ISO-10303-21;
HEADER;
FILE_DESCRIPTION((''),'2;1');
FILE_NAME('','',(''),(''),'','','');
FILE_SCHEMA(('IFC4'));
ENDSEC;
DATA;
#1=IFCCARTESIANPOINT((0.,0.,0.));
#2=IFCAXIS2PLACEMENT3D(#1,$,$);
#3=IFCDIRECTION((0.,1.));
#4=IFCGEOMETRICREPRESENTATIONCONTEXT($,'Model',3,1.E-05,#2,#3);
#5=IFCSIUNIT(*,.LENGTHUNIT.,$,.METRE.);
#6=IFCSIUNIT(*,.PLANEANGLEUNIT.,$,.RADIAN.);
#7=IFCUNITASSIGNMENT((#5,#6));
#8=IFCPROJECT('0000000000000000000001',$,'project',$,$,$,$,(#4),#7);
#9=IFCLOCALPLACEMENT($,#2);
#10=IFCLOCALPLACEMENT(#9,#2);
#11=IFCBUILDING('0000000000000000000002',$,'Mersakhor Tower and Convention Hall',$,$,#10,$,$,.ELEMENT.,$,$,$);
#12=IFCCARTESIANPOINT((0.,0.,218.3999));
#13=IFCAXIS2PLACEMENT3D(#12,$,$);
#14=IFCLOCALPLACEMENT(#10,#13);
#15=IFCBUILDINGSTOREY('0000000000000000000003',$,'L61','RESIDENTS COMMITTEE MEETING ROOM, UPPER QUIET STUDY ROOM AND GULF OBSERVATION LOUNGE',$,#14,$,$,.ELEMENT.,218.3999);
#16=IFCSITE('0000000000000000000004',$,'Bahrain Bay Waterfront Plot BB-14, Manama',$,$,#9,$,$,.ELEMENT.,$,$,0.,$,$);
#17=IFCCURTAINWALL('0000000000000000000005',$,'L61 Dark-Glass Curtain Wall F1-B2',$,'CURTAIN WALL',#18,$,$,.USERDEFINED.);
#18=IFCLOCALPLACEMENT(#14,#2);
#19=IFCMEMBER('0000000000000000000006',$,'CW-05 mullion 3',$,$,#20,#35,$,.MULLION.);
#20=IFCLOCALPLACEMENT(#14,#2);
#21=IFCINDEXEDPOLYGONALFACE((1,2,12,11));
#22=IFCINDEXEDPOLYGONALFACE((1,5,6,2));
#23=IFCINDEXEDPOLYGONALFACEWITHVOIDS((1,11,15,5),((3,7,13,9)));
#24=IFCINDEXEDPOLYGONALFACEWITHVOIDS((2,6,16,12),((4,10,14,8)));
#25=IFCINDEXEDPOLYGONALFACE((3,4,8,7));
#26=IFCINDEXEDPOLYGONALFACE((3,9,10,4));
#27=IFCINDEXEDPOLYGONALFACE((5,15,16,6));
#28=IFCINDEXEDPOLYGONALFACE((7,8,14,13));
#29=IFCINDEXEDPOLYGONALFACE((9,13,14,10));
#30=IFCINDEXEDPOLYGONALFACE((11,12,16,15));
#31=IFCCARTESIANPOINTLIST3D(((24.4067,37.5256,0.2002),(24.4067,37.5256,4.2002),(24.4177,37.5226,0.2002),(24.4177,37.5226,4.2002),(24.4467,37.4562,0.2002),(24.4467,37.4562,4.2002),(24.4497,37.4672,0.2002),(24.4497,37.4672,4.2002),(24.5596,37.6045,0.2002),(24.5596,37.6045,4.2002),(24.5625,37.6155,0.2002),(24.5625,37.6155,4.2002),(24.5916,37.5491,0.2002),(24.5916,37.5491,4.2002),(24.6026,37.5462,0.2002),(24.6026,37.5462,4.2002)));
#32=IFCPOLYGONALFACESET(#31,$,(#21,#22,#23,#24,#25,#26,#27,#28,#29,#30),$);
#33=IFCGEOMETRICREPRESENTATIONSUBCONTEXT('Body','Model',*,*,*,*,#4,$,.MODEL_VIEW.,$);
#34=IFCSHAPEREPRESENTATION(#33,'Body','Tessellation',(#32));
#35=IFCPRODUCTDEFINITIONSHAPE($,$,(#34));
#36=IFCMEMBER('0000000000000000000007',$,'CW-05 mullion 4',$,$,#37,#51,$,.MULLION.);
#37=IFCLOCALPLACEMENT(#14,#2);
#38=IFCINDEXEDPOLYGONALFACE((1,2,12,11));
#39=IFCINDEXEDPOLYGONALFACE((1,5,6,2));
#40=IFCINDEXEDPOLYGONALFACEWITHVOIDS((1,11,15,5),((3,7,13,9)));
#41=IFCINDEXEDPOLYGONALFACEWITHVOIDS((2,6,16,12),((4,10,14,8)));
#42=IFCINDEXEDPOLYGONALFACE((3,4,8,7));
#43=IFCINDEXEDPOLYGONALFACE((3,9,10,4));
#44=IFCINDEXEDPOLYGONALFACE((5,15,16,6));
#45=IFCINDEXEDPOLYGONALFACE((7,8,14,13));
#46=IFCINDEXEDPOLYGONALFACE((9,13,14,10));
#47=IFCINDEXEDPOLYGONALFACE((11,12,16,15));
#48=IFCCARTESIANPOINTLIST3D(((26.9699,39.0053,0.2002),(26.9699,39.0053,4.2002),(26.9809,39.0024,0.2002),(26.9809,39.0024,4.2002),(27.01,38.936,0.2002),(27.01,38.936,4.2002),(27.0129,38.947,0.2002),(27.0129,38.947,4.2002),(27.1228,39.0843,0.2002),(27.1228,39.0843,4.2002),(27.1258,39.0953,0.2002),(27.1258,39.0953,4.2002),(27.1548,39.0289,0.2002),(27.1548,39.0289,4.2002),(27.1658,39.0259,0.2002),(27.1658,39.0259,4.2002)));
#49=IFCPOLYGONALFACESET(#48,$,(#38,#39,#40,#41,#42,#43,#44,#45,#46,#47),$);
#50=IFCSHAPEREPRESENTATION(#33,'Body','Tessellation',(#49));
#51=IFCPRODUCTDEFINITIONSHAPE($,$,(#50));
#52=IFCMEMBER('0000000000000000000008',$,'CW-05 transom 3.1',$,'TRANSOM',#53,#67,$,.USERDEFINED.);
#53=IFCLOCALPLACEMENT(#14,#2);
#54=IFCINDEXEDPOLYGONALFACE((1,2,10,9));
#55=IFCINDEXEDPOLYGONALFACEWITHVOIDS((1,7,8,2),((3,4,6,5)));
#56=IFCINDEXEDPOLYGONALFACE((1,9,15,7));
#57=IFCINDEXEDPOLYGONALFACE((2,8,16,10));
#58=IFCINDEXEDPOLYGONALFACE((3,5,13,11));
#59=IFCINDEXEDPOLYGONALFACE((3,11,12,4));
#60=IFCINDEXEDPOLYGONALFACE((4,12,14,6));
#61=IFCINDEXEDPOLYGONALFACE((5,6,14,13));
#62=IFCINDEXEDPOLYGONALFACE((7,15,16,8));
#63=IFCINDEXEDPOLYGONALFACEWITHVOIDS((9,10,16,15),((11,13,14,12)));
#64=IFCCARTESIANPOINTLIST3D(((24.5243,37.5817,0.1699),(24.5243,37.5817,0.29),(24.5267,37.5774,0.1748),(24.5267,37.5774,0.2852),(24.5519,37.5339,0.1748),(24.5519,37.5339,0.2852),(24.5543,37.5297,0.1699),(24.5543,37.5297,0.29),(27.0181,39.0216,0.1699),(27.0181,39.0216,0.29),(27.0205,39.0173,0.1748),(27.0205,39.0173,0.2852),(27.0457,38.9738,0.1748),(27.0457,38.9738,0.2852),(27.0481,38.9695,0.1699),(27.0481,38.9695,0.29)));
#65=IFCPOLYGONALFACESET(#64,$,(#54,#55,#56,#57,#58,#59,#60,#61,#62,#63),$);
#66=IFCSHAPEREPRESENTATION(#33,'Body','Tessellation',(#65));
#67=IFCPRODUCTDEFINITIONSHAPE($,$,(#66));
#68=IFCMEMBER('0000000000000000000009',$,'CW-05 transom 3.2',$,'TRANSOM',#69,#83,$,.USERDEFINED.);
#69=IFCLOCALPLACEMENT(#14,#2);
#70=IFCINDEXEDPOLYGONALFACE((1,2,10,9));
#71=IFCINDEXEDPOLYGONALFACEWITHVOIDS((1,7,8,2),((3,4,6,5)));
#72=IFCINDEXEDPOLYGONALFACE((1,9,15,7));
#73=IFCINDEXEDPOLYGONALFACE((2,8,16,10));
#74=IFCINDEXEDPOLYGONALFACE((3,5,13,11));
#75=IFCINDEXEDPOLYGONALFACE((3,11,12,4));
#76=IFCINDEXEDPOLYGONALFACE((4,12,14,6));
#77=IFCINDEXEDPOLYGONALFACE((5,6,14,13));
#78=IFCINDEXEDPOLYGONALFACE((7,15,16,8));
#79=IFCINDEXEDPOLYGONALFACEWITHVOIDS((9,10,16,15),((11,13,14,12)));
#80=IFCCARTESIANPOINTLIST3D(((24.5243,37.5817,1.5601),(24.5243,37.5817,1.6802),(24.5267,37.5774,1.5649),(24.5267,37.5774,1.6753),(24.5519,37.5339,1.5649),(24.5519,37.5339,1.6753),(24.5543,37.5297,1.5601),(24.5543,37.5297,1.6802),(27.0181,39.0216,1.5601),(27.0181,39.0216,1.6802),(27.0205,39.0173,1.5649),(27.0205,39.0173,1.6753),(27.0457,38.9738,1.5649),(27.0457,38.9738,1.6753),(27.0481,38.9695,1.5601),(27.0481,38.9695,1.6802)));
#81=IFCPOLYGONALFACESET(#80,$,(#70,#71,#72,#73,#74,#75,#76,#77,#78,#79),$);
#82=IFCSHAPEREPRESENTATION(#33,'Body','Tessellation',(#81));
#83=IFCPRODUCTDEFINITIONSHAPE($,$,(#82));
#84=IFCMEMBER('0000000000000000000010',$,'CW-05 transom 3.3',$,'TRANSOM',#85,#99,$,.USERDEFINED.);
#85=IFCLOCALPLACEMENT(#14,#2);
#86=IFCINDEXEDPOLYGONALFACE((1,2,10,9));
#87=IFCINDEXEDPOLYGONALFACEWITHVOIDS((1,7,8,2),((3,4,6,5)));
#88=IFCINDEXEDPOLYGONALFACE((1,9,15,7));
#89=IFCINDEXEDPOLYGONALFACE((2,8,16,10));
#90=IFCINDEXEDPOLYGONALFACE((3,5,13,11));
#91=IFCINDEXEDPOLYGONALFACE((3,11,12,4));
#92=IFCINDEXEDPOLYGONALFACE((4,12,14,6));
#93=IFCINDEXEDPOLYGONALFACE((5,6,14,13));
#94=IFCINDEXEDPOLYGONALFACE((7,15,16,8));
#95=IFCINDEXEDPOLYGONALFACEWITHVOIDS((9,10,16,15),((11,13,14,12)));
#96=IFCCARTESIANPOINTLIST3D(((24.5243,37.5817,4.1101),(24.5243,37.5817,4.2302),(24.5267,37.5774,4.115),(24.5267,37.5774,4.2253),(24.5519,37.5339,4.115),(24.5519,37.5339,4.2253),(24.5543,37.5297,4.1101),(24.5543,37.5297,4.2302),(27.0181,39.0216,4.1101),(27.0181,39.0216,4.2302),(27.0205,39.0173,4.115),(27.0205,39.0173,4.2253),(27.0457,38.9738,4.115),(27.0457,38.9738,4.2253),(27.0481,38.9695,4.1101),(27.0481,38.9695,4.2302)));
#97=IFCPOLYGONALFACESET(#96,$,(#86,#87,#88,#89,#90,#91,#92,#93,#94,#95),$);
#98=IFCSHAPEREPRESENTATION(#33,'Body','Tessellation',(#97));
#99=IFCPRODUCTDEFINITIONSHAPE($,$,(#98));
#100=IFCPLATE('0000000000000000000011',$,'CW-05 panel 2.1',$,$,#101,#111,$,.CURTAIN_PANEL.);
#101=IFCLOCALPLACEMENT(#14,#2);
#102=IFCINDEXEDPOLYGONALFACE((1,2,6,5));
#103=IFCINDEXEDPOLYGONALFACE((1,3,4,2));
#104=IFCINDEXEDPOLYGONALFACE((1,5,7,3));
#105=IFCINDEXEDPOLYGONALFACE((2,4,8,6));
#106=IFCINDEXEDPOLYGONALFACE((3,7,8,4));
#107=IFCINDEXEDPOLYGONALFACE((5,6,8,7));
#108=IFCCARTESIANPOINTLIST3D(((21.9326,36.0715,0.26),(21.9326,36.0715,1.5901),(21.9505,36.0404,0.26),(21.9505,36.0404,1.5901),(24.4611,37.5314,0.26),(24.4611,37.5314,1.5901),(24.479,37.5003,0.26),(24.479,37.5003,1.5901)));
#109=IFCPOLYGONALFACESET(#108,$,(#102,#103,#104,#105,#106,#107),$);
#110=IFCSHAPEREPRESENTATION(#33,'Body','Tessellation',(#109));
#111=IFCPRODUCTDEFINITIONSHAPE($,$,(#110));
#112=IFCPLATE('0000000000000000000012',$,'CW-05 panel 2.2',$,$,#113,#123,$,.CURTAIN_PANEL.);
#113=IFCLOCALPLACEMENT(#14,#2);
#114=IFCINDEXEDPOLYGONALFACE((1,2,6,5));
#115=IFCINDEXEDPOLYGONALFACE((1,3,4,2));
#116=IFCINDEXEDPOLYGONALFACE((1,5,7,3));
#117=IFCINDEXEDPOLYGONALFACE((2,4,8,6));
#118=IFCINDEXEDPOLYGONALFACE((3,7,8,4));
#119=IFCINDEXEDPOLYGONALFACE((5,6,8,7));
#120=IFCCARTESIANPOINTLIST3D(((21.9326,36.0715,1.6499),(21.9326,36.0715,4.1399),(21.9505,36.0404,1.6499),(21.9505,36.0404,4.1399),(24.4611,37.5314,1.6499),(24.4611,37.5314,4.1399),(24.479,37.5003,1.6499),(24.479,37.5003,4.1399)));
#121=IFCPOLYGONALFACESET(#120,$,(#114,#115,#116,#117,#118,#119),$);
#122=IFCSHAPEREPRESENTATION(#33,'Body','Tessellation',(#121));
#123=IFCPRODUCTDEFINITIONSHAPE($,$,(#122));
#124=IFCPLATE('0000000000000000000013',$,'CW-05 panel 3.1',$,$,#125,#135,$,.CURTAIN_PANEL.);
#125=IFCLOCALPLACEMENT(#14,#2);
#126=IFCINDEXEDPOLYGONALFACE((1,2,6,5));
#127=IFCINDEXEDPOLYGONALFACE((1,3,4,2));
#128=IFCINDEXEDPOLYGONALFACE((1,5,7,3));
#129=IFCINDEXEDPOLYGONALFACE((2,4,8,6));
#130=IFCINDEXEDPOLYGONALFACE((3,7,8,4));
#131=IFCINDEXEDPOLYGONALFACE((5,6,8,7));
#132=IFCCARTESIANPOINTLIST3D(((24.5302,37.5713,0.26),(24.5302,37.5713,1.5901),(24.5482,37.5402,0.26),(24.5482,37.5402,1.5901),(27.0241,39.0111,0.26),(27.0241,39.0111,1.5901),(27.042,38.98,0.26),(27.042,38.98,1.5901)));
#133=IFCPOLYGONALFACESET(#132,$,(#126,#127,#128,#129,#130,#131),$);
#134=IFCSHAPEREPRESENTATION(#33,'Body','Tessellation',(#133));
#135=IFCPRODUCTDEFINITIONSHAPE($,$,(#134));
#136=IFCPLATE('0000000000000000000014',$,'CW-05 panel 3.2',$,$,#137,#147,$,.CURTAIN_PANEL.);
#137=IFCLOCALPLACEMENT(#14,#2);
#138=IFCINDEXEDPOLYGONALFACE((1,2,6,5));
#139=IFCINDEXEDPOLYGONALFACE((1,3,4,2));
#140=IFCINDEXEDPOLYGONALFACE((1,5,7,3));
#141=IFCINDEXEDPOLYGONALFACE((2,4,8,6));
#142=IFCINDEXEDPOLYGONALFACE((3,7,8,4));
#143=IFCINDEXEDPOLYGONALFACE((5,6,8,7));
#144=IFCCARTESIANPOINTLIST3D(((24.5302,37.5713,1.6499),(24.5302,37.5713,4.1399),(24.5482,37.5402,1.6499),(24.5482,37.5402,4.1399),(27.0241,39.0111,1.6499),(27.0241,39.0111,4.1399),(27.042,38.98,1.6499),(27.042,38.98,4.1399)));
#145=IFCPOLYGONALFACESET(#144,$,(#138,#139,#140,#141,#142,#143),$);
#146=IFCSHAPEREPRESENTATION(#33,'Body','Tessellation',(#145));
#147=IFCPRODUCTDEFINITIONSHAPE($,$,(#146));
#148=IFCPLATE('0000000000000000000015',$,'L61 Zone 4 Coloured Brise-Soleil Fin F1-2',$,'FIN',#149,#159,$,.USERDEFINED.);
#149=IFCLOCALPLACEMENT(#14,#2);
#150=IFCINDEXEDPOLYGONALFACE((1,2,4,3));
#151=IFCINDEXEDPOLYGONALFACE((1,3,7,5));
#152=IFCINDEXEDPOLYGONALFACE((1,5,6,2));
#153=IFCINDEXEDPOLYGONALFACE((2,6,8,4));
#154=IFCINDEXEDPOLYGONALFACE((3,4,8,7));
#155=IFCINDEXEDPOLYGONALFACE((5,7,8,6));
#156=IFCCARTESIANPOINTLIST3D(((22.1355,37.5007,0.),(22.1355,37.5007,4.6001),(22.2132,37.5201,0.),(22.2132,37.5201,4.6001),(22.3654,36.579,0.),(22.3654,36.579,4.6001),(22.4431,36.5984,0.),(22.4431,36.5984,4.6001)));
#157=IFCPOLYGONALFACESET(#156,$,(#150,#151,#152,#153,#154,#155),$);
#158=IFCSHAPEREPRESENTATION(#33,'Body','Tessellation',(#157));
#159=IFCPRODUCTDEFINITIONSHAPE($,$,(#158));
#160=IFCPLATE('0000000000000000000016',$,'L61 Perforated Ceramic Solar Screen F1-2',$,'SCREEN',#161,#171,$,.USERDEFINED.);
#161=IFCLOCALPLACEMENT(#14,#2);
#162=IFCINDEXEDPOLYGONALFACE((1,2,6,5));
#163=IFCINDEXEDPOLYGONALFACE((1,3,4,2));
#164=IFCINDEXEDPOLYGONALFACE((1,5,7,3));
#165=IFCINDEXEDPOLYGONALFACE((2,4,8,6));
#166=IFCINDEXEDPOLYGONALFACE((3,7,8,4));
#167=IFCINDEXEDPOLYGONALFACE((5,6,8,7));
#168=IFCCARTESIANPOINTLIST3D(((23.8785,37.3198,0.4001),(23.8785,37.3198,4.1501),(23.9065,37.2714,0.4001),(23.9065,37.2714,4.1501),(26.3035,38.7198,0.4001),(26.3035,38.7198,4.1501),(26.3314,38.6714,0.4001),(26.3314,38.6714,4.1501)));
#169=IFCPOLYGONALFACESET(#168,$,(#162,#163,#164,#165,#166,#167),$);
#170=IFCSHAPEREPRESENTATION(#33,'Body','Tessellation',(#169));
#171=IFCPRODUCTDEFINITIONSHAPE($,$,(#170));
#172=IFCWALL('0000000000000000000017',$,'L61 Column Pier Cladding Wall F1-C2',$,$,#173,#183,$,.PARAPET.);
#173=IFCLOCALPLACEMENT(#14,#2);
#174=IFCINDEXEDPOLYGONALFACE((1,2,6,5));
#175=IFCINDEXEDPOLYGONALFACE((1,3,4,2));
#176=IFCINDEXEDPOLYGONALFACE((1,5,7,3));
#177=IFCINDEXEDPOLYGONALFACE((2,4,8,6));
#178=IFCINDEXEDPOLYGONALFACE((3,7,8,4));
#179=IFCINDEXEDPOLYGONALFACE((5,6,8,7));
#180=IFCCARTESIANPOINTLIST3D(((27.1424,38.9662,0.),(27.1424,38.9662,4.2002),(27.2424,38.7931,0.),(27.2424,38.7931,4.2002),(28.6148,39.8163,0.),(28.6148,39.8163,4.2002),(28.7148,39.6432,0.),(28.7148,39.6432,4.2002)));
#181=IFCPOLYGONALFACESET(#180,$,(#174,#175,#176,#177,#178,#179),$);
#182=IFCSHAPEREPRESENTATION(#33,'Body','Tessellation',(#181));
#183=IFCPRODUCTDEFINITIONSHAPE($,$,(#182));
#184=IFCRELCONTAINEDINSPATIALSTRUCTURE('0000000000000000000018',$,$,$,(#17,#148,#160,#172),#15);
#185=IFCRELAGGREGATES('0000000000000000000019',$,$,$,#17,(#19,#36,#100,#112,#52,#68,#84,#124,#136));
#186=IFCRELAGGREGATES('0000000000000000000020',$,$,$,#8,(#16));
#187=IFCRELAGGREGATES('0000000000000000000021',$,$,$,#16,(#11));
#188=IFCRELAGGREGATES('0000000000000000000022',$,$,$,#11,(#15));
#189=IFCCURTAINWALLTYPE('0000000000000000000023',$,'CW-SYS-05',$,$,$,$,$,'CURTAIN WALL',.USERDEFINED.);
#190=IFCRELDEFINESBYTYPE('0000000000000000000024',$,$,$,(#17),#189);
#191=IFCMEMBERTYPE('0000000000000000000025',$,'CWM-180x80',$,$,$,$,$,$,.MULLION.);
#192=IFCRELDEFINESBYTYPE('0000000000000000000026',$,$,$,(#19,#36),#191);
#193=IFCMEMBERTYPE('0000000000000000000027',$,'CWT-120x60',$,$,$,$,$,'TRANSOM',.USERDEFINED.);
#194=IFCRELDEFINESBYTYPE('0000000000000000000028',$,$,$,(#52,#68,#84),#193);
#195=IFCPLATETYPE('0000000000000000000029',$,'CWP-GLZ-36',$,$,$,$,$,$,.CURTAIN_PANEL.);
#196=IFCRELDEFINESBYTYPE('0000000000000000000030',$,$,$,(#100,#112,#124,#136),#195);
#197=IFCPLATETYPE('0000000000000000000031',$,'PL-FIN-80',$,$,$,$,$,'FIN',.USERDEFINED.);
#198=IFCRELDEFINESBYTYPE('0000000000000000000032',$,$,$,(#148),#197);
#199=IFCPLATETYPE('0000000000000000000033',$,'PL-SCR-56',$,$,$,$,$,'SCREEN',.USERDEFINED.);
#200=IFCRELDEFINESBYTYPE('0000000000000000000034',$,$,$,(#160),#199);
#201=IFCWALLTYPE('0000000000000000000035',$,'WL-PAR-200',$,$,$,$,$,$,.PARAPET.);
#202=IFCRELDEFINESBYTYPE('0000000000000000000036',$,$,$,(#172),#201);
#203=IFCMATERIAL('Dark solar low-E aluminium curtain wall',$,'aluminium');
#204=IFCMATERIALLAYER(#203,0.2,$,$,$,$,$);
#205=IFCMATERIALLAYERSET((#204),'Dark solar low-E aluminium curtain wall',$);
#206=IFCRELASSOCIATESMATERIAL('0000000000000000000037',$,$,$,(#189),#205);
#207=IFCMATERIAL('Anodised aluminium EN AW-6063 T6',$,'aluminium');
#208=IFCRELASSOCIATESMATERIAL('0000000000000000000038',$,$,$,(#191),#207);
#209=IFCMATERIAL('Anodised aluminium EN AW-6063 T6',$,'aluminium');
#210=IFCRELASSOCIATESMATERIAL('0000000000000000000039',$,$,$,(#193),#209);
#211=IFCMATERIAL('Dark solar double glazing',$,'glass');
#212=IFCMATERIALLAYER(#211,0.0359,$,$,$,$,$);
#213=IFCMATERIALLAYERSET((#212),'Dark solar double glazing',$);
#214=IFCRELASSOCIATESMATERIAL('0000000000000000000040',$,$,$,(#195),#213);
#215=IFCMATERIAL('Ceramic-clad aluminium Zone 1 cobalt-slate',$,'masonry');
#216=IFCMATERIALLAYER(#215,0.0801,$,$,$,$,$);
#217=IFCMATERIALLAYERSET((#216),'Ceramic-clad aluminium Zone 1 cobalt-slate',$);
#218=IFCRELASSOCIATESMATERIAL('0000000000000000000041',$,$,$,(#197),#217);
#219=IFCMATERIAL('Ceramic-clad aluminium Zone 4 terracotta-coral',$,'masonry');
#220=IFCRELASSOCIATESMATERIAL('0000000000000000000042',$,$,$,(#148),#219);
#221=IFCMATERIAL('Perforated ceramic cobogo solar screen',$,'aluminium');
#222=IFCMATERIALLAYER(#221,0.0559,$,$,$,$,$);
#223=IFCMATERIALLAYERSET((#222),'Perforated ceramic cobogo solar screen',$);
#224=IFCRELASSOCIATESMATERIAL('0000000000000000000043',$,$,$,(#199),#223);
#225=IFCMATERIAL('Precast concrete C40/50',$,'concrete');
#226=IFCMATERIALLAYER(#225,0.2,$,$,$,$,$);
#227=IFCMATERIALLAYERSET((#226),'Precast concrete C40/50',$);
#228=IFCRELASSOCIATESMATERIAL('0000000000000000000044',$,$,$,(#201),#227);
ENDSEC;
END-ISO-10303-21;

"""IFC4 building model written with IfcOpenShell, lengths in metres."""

from ifc_helpers import new_model, si_unit, direction, frame, frame_2d, origin, origin_2d, place, context, subcontext, project, spatial, rectangle, hollow_rectangle, extrude, material, layer, layer_set, material_profile, profile_set, type_object, element, aggregate, save


model = new_model("IFC4")

# Units and contexts
model_context = context("Model", 3, precision=1e-05, world=origin(), true_north=direction((0.0, 1.0)))
body_context = subcontext(model_context, "Body", "Model", "MODEL_VIEW")
ifc_project = project(units=[si_unit("LENGTHUNIT", "METRE"), si_unit("PLANEANGLEUNIT", "RADIAN")], contexts=[model_context])

# Site, building, storey
site_placement = place(None, origin())
site = spatial("IfcSite", under=ifc_project, at=site_placement, Name="Bahrain Bay Waterfront Plot BB-14, Manama", CompositionType="ELEMENT", RefElevation=0.0)
building_placement = place(site_placement, origin())
building = spatial("IfcBuilding", under=site, at=building_placement, Name="Mersakhor Tower and Convention Hall", CompositionType="ELEMENT")
storey_placement = place(building_placement, frame((0.0, 0.0, 218.3999)))
storey = spatial("IfcBuildingStorey", under=building, at=storey_placement, Name="L61", Description="RESIDENTS COMMITTEE MEETING ROOM, UPPER QUIET STUDY ROOM AND GULF OBSERVATION LOUNGE", CompositionType="ELEMENT", Elevation=218.3999)

# Curtain wall, members, plates
ifc_material_1 = material(Name="Dark solar low-E aluminium curtain wall", Category="aluminium")
ifc_layer_1 = layer(ifc_material_1, 0.2)
ifc_layer_set_1 = layer_set([ifc_layer_1], Name="Dark solar low-E aluminium curtain wall")
curtain_wall_type = type_object("IfcCurtainWallType", Name="CW-SYS-05", ElementType="CURTAIN WALL", PredefinedType="USERDEFINED", material=ifc_layer_set_1)
curtain_wall_placement = place(storey_placement, origin())
curtain_wall = element("IfcCurtainWall", 1, at=curtain_wall_placement, inside=storey, type_object=curtain_wall_type, Name="L61 Dark-Glass Curtain Wall F1-B2", ObjectType="CURTAIN WALL", PredefinedType="USERDEFINED")
ifc_material_2 = material(Name="Anodised aluminium EN AW-6063 T6", Category="aluminium")
ifc_material_profile_1 = material_profile(ifc_material_2, hollow_rectangle(XDim=0.0801, YDim=0.1799, WallThickness=0.0081, at=origin_2d()), Name="RHS 180x80x8")
ifc_profile_set_1 = profile_set([ifc_material_profile_1], Name="Anodised aluminium EN AW-6063 T6")
member_type_1 = type_object("IfcMemberType", Name="CWM-180x80", PredefinedType="MULLION", material=ifc_profile_set_1)
member_1_placement = place(storey_placement, frame((24.5046, 37.5359, 0.2002), z_axis=(0.0, 0.0, 1.0), x_axis=(-0.500008, 0.866021, 0.0)))
member_1 = element("IfcMember", 2, at=member_1_placement, type_object=member_type_1, Name="CW-05 mullion 3", PredefinedType="MULLION", context=body_context, shape_type="SweptSolid", body=[
    extrude(hollow_rectangle(XDim=0.0801, YDim=0.1799, WallThickness=0.0081, at=origin_2d()), origin(), (0.0, 0.0, 1.0), 4.0),
])
member_2_placement = place(storey_placement, frame((27.0679, 39.0156, 0.2002), z_axis=(0.0, 0.0, 1.0), x_axis=(-0.500008, 0.866021, 0.0)))
member_2 = element("IfcMember", 3, at=member_2_placement, type_object=member_type_1, Name="CW-05 mullion 4", PredefinedType="MULLION", context=body_context, shape_type="SweptSolid", body=[
    extrude(hollow_rectangle(XDim=0.0801, YDim=0.1799, WallThickness=0.0081, at=origin_2d()), origin(), (0.0, 0.0, 1.0), 4.0),
])
ifc_material_3 = material(Name="Anodised aluminium EN AW-6063 T6", Category="aluminium")
ifc_material_profile_2 = material_profile(ifc_material_3, hollow_rectangle(XDim=0.0601, YDim=0.1201, WallThickness=0.0049, at=origin_2d()), Name="RHS 120x60x5")
ifc_profile_set_2 = profile_set([ifc_material_profile_2], Name="Anodised aluminium EN AW-6063 T6")
member_type_2 = type_object("IfcMemberType", Name="CWT-120x60", ElementType="TRANSOM", PredefinedType="USERDEFINED", material=ifc_profile_set_2)
member_3_placement = place(storey_placement, frame((24.5393, 37.5557, 0.23), z_axis=(0.866012, 0.500023, 0.0), x_axis=(-0.500023, 0.866012, 0.0)))
member_3 = element("IfcMember", 4, at=member_3_placement, type_object=member_type_2, Name="CW-05 transom 3.1", ObjectType="TRANSOM", PredefinedType="USERDEFINED", context=body_context, shape_type="SweptSolid", body=[
    extrude(hollow_rectangle(XDim=0.0601, YDim=0.1201, WallThickness=0.0049, at=origin_2d()), origin(), (0.0, 0.0, 1.0), 2.8796),
])
member_4_placement = place(storey_placement, frame((24.5393, 37.5557, 1.6201), z_axis=(0.866012, 0.500023, 0.0), x_axis=(-0.500023, 0.866012, 0.0)))
member_4 = element("IfcMember", 5, at=member_4_placement, type_object=member_type_2, Name="CW-05 transom 3.2", ObjectType="TRANSOM", PredefinedType="USERDEFINED", context=body_context, shape_type="SweptSolid", body=[
    extrude(hollow_rectangle(XDim=0.0601, YDim=0.1201, WallThickness=0.0049, at=origin_2d()), origin(), (0.0, 0.0, 1.0), 2.8796),
])
member_5_placement = place(storey_placement, frame((24.5393, 37.5557, 4.1702), z_axis=(0.866012, 0.500023, 0.0), x_axis=(-0.500023, 0.866012, 0.0)))
member_5 = element("IfcMember", 6, at=member_5_placement, type_object=member_type_2, Name="CW-05 transom 3.3", ObjectType="TRANSOM", PredefinedType="USERDEFINED", context=body_context, shape_type="SweptSolid", body=[
    extrude(hollow_rectangle(XDim=0.0601, YDim=0.1201, WallThickness=0.0049, at=origin_2d()), origin(), (0.0, 0.0, 1.0), 2.8796),
])
ifc_material_4 = material(Name="Dark solar double glazing", Category="glass")
ifc_layer_2 = layer(ifc_material_4, 0.0359)
ifc_layer_set_2 = layer_set([ifc_layer_2], Name="Dark solar double glazing")
plate_type_1 = type_object("IfcPlateType", Name="CWP-GLZ-36", PredefinedType="CURTAIN_PANEL", material=ifc_layer_set_2)
plate_1_placement = place(storey_placement, frame((23.2058, 36.7859, 0.26), z_axis=(0.0, 0.0, 1.0), x_axis=(0.866021, 0.500008, 0.0)))
plate_1 = element("IfcPlate", 7, at=plate_1_placement, type_object=plate_type_1, Name="CW-05 panel 2.1", PredefinedType="CURTAIN_PANEL", context=body_context, shape_type="SweptSolid", body=[
    extrude(rectangle(XDim=2.9197, YDim=0.0359, at=origin_2d()), origin(), (0.0, 0.0, 1.0), 1.3301),
])
plate_2_placement = place(storey_placement, frame((23.2058, 36.7859, 1.6499), z_axis=(0.0, 0.0, 1.0), x_axis=(0.866021, 0.500008, 0.0)))
plate_2 = element("IfcPlate", 8, at=plate_2_placement, type_object=plate_type_1, Name="CW-05 panel 2.2", PredefinedType="CURTAIN_PANEL", context=body_context, shape_type="SweptSolid", body=[
    extrude(rectangle(XDim=2.9197, YDim=0.0359, at=origin_2d()), origin(), (0.0, 0.0, 1.0), 2.49),
])
plate_3_placement = place(storey_placement, frame((25.7861, 38.2756, 0.26), z_axis=(0.0, 0.0, 1.0), x_axis=(0.866021, 0.500008, 0.0)))
plate_3 = element("IfcPlate", 9, at=plate_3_placement, type_object=plate_type_1, Name="CW-05 panel 3.1", PredefinedType="CURTAIN_PANEL", context=body_context, shape_type="SweptSolid", body=[
    extrude(rectangle(XDim=2.8796, YDim=0.0359, at=origin_2d()), origin(), (0.0, 0.0, 1.0), 1.3301),
])
plate_4_placement = place(storey_placement, frame((25.7861, 38.2756, 1.6499), z_axis=(0.0, 0.0, 1.0), x_axis=(0.866021, 0.500008, 0.0)))
plate_4 = element("IfcPlate", 10, at=plate_4_placement, type_object=plate_type_1, Name="CW-05 panel 3.2", PredefinedType="CURTAIN_PANEL", context=body_context, shape_type="SweptSolid", body=[
    extrude(rectangle(XDim=2.8796, YDim=0.0359, at=origin_2d()), origin(), (0.0, 0.0, 1.0), 2.49),
])
aggregate(curtain_wall, [member_1, member_2, plate_1, plate_2, member_3, member_4, member_5, plate_3, plate_4])

# Plates
ifc_material_5 = material(Name="Ceramic-clad aluminium Zone 4 terracotta-coral", Category="masonry")
ifc_material_6 = material(Name="Ceramic-clad aluminium Zone 1 cobalt-slate", Category="masonry")
ifc_layer_3 = layer(ifc_material_6, 0.0801)
ifc_layer_set_3 = layer_set([ifc_layer_3], Name="Ceramic-clad aluminium Zone 1 cobalt-slate")
plate_type_2 = type_object("IfcPlateType", Name="PL-FIN-80", ElementType="FIN", PredefinedType="USERDEFINED", material=ifc_layer_set_3)
plate_5_placement = place(storey_placement, frame((22.2893, 37.0496, 0.0), z_axis=(0.0, 0.0, 1.0), x_axis=(-0.241922, 0.970296, 0.0)))
element("IfcPlate", 11, at=plate_5_placement, inside=storey, type_object=plate_type_2, material=ifc_material_5, Name="L61 Zone 4 Coloured Brise-Soleil Fin F1-2", ObjectType="FIN", PredefinedType="USERDEFINED", context=body_context, shape_type="SweptSolid", body=[
    extrude(rectangle(XDim=0.95, YDim=0.0801, at=origin_2d()), origin(), (0.0, 0.0, 1.0), 4.6001),
])
ifc_material_7 = material(Name="Perforated ceramic cobogo solar screen", Category="aluminium")
ifc_layer_4 = layer(ifc_material_7, 0.0559)
ifc_layer_set_4 = layer_set([ifc_layer_4], Name="Perforated ceramic cobogo solar screen")
plate_type_3 = type_object("IfcPlateType", Name="PL-SCR-56", ElementType="SCREEN", PredefinedType="USERDEFINED", material=ifc_layer_set_4)
plate_6_placement = place(storey_placement, frame((25.105, 37.9956, 0.4001), z_axis=(0.0, 0.0, 1.0), x_axis=(0.866025, 0.5, 0.0)))
element("IfcPlate", 12, at=plate_6_placement, inside=storey, type_object=plate_type_3, Name="L61 Perforated Ceramic Solar Screen F1-2", ObjectType="SCREEN", PredefinedType="USERDEFINED", context=body_context, shape_type="SweptSolid", body=[
    extrude(rectangle(XDim=2.8, YDim=0.0559, at=origin_2d()), origin(), (0.0, 0.0, 1.0), 3.75),
])

# Wall
ifc_material_8 = material(Name="Precast concrete C40/50", Category="concrete")
ifc_layer_5 = layer(ifc_material_8, 0.2)
ifc_layer_set_5 = layer_set([ifc_layer_5], Name="Precast concrete C40/50")
wall_type_1 = type_object("IfcWallType", Name="WL-PAR-200", PredefinedType="PARAPET", material=ifc_layer_set_5)
wall_1_placement = place(storey_placement, frame((27.1924, 38.8796, 0.0), z_axis=(0.0, 0.0, 1.0), x_axis=(0.866025, 0.5, 0.0)))
element("IfcWall", 13, at=wall_1_placement, inside=storey, type_object=wall_type_1, Name="L61 Column Pier Cladding Wall F1-C2", PredefinedType="PARAPET", context=body_context, shape_type="SweptSolid", body=[
    extrude(rectangle(XDim=1.7002, YDim=0.2, at=frame_2d((0.8501, 0.0))), origin(), (0.0, 0.0, 1.0), 4.2002),
])

save(model, "model.ifc")
